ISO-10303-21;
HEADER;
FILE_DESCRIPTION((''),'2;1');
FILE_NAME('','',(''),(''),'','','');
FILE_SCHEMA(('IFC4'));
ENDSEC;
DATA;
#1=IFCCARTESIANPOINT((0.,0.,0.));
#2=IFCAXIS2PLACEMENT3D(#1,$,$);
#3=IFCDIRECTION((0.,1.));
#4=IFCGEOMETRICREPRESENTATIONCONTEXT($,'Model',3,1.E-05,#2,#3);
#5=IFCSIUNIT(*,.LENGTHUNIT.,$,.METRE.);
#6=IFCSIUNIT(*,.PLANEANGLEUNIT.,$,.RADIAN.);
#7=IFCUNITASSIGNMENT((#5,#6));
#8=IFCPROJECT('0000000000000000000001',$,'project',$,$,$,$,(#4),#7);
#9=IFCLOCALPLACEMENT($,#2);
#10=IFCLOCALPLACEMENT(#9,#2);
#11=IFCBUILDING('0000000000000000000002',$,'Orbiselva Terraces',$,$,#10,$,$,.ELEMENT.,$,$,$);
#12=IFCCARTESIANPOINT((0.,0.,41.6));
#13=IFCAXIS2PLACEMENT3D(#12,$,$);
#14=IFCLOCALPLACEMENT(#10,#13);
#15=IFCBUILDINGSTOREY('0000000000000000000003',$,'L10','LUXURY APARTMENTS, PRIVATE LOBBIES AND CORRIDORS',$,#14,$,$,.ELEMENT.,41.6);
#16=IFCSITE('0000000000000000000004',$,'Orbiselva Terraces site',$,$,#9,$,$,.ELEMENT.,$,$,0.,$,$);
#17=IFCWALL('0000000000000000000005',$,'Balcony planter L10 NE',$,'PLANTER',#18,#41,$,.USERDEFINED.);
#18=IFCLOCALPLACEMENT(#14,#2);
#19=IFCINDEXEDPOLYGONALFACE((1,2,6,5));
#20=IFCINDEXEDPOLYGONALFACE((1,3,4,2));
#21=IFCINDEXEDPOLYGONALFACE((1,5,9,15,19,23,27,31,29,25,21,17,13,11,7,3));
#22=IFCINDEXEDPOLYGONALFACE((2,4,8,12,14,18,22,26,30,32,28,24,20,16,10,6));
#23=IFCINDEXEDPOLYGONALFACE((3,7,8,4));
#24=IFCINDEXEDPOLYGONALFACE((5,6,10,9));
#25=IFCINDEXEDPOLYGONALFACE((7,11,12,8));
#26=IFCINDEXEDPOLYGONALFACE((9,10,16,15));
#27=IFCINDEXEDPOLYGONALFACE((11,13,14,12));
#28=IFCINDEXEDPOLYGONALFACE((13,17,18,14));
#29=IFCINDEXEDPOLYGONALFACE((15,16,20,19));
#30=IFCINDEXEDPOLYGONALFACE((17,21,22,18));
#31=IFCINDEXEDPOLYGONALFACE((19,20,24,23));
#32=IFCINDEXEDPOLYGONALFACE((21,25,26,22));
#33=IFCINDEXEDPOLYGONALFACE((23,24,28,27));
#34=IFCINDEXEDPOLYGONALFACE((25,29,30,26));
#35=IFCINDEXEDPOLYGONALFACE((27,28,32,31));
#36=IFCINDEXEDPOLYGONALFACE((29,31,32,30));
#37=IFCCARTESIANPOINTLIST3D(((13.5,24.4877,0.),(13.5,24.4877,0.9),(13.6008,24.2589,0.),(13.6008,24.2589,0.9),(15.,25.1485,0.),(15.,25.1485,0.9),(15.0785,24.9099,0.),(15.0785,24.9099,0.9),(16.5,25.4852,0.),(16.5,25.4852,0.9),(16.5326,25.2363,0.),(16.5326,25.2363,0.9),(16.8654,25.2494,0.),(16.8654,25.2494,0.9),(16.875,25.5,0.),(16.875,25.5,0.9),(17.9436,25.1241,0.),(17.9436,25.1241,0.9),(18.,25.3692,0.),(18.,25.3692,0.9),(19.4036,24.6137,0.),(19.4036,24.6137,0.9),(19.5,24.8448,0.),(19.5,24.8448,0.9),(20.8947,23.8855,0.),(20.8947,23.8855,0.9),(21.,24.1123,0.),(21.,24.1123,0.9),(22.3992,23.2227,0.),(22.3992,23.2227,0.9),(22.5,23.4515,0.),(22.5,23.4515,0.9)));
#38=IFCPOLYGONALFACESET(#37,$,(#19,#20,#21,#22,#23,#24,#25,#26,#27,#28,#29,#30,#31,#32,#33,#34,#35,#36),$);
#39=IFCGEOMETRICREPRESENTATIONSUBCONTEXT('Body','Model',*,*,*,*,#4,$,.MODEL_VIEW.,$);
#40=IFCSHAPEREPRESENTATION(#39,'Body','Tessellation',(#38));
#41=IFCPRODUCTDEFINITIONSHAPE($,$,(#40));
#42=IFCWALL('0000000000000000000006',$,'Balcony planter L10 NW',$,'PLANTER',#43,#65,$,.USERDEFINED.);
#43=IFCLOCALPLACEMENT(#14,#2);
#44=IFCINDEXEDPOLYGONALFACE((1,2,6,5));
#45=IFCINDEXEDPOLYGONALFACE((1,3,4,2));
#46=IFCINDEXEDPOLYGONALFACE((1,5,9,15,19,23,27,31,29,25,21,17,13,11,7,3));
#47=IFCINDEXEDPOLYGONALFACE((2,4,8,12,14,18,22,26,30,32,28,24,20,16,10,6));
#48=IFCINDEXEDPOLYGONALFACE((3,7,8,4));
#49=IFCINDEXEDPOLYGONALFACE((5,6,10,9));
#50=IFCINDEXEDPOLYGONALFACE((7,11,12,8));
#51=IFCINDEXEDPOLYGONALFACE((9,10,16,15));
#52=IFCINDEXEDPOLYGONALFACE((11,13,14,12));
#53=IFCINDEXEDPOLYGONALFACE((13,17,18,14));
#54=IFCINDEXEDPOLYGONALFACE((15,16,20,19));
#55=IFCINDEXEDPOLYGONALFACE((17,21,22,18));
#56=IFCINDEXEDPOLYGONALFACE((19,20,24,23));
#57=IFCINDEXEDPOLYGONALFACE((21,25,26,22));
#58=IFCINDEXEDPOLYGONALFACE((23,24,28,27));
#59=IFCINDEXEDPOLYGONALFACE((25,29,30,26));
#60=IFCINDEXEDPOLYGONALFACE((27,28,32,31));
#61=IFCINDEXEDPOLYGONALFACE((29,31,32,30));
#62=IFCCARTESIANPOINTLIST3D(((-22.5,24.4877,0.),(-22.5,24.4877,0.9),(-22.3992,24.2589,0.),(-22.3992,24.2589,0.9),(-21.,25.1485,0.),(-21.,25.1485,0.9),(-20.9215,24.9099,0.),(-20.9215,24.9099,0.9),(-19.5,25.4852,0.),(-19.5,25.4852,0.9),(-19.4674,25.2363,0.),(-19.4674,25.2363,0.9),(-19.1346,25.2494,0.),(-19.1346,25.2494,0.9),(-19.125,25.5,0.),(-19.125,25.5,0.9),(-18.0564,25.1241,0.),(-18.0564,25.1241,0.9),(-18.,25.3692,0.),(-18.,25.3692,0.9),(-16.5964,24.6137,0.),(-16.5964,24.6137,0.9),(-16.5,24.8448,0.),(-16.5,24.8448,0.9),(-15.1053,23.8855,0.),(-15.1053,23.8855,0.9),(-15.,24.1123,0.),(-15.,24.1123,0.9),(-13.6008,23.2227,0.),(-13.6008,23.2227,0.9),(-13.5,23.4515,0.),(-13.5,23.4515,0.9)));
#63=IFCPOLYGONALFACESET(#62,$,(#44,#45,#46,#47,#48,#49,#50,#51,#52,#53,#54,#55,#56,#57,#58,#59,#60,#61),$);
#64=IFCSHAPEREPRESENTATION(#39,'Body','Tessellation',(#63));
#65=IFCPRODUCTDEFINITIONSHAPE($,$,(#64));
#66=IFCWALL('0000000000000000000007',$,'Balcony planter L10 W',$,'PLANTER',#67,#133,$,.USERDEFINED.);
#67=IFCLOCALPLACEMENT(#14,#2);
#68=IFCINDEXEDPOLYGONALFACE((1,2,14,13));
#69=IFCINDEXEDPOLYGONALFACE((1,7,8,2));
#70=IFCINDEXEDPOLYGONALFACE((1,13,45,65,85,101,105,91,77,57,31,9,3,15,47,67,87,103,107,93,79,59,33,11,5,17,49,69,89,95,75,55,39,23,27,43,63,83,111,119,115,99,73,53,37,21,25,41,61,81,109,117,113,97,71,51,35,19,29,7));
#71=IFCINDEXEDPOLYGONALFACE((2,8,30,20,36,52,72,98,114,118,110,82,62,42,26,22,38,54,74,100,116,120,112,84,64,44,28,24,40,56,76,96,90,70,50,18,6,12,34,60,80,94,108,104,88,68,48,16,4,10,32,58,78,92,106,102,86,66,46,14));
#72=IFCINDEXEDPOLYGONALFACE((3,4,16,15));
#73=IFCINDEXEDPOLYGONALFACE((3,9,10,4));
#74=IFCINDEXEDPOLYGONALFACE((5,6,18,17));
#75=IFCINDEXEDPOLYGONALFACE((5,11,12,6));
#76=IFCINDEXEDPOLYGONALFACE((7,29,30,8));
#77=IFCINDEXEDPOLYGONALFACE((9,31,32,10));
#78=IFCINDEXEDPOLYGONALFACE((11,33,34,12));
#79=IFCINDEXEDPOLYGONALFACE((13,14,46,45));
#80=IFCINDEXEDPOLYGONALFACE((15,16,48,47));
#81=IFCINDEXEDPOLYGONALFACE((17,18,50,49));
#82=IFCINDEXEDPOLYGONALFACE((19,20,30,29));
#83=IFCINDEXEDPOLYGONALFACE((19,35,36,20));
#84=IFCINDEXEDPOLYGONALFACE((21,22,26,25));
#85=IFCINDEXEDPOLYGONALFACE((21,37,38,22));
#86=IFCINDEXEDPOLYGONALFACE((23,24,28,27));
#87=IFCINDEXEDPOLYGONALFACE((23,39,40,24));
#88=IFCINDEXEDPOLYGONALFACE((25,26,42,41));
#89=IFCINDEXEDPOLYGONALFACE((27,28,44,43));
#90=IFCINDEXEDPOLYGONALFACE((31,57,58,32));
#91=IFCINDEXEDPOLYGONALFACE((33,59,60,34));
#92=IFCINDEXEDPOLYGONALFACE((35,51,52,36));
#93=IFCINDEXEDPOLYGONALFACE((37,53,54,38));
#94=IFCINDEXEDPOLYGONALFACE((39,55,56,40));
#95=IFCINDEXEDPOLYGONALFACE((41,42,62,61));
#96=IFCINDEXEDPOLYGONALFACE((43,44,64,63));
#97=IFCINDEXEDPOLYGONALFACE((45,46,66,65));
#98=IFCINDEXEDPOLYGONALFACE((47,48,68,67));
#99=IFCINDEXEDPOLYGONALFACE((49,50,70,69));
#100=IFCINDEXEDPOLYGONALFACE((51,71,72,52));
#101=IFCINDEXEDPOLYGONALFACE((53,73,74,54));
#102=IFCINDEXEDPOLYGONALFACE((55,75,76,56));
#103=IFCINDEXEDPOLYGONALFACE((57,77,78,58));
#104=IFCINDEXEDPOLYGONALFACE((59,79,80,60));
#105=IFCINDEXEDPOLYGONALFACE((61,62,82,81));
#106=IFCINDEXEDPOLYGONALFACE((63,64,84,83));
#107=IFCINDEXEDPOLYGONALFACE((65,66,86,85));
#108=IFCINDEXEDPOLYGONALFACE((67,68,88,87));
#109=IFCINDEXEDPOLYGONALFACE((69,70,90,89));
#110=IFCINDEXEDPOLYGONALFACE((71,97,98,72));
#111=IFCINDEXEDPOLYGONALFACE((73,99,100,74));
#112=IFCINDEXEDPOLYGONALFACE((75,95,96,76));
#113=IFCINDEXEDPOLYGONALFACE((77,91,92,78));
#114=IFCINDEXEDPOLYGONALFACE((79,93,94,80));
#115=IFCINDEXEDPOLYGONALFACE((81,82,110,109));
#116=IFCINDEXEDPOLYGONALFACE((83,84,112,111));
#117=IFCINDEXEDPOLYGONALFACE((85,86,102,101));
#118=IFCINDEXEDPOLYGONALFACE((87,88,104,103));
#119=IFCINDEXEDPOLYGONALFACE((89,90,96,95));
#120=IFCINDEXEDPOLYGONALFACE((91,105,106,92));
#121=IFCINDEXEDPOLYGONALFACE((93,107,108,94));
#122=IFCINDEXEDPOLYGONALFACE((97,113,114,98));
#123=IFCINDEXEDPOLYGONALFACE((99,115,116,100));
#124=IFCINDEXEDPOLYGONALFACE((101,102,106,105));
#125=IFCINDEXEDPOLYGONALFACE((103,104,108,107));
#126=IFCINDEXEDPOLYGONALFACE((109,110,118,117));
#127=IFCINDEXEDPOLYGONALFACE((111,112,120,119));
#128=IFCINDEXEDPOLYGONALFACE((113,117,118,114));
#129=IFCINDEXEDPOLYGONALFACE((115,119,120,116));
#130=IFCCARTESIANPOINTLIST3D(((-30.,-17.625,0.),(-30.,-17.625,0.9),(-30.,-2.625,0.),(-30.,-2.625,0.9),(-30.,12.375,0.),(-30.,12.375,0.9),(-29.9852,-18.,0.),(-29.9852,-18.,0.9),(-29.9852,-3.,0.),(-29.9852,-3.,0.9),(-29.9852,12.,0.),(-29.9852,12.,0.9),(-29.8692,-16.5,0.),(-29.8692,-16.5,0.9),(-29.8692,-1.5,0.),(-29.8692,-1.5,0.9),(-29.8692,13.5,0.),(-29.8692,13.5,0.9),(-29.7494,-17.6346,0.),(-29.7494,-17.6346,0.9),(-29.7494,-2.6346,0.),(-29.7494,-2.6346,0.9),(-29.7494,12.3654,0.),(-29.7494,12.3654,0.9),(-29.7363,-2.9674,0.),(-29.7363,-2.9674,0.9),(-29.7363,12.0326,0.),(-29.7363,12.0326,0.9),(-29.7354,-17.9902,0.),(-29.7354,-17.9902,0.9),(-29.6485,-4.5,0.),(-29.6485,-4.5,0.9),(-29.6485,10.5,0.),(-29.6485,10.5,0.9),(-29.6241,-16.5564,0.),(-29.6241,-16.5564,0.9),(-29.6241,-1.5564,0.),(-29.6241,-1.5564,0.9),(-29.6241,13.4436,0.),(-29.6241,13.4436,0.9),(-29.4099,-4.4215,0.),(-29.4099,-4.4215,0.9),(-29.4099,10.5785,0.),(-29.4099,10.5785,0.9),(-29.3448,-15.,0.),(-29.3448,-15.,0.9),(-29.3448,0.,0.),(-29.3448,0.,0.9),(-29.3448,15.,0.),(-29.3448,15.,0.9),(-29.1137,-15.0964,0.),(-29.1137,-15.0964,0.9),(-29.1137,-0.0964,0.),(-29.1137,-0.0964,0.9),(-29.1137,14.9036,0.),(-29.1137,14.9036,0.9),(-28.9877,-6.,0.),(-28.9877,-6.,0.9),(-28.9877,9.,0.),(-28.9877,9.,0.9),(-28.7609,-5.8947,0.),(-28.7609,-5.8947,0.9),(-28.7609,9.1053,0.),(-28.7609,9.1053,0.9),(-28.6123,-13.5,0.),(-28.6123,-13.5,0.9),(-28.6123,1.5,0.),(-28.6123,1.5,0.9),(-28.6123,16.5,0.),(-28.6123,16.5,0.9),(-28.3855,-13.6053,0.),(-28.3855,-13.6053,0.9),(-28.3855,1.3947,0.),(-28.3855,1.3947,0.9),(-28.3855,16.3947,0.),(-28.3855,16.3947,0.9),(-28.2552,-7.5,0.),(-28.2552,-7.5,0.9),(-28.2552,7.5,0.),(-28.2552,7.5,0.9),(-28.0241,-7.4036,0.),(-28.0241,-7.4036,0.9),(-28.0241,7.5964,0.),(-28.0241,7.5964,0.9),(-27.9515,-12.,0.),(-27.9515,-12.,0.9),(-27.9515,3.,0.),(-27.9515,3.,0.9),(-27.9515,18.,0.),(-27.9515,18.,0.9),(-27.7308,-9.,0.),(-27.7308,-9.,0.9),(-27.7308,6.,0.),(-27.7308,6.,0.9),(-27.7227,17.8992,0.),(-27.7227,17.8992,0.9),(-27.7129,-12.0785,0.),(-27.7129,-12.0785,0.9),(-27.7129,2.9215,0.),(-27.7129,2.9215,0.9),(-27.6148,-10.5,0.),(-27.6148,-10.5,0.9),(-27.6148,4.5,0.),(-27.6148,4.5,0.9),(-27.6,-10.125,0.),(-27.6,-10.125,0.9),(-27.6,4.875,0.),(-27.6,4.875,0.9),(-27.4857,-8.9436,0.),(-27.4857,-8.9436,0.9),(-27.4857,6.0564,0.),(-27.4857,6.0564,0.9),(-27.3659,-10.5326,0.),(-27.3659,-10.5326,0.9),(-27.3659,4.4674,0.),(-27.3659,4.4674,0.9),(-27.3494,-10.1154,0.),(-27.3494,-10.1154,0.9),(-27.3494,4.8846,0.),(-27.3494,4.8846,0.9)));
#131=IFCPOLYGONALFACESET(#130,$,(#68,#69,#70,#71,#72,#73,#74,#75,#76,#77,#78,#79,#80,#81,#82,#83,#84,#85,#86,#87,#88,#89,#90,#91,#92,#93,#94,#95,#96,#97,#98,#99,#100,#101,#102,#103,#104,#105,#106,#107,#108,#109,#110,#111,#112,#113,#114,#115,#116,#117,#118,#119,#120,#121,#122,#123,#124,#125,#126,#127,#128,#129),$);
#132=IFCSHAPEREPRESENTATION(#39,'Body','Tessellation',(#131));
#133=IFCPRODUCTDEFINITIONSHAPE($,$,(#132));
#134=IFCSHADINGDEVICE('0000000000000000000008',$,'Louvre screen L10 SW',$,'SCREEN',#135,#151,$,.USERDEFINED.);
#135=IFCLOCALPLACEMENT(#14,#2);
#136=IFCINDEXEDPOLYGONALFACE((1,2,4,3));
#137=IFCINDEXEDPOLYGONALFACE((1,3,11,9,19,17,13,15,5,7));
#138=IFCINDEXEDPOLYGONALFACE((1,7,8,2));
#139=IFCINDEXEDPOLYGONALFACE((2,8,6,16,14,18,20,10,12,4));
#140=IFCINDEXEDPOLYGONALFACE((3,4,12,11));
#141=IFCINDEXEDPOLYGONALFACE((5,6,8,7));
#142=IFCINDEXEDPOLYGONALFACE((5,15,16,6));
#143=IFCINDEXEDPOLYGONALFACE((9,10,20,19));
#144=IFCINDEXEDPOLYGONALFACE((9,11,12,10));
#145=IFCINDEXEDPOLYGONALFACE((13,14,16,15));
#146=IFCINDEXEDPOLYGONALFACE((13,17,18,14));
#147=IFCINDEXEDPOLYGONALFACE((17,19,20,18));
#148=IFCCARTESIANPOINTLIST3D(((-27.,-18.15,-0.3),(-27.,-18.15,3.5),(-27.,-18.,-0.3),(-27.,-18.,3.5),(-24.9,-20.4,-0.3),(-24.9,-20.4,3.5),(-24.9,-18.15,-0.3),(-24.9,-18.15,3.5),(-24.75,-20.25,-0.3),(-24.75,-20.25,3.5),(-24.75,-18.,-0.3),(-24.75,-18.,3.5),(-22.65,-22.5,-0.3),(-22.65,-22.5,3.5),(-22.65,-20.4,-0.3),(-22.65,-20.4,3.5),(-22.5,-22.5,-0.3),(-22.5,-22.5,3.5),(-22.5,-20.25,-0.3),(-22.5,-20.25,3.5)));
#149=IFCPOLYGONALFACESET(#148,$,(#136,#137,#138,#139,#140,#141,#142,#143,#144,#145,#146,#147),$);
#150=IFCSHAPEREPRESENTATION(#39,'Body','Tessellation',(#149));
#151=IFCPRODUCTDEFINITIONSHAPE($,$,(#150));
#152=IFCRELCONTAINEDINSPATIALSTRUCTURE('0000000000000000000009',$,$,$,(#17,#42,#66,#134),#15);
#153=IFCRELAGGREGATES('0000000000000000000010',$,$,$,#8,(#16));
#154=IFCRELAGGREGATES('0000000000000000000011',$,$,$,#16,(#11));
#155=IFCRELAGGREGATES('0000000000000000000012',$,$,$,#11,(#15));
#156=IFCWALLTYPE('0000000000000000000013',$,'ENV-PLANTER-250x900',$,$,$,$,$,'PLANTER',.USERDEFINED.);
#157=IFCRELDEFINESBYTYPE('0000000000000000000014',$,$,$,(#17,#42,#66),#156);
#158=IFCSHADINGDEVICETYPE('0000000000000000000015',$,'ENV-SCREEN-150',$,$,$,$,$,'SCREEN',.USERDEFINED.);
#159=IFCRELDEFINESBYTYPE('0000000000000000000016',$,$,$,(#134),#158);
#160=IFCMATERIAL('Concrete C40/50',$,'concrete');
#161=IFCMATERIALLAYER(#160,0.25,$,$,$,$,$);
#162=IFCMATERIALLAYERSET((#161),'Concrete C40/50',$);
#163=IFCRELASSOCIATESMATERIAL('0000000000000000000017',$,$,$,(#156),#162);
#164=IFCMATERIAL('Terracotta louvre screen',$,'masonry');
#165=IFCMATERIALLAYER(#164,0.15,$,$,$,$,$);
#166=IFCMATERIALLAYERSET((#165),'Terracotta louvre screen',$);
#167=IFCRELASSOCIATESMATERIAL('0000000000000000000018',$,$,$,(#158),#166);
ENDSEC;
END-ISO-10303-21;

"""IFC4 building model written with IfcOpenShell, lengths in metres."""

from ifc_helpers import new_model, si_unit, direction, frame, origin, place, context, subcontext, project, spatial, polyline, outline, extrude, material, layer, layer_set, type_object, element, save


model = new_model("IFC4")

# Units and contexts
model_context = context("Model", 3, precision=1e-05, world=origin(), true_north=direction((0.0, 1.0)))
body_context = subcontext(model_context, "Body", "Model", "MODEL_VIEW")
ifc_project = project(units=[si_unit("LENGTHUNIT", "METRE"), si_unit("PLANEANGLEUNIT", "RADIAN")], contexts=[model_context])

# Site, building, storey
site_placement = place(None, origin())
site = spatial("IfcSite", under=ifc_project, at=site_placement, Name="Orbiselva Terraces site", CompositionType="ELEMENT", RefElevation=0.0)
building_placement = place(site_placement, origin())
building = spatial("IfcBuilding", under=site, at=building_placement, Name="Orbiselva Terraces", CompositionType="ELEMENT")
storey_placement = place(building_placement, frame((0.0, 0.0, 41.6)))
storey = spatial("IfcBuildingStorey", under=building, at=storey_placement, Name="L10", Description="LUXURY APARTMENTS, PRIVATE LOBBIES AND CORRIDORS", CompositionType="ELEMENT", Elevation=41.6)

# Shared definitions
ifc_material_1 = material(Name="Concrete C40/50", Category="concrete")

# Walls
ifc_layer_1 = layer(ifc_material_1, 0.25)
ifc_layer_set_1 = layer_set([ifc_layer_1], Name="Concrete C40/50")
wall_type = type_object("IfcWallType", Name="ENV-PLANTER-250x900", ElementType="PLANTER", PredefinedType="USERDEFINED", material=ifc_layer_set_1)
wall_1_placement = place(storey_placement, origin())
element("IfcWall", 1, at=wall_1_placement, inside=storey, type_object=wall_type, Name="Balcony planter L10 NE", ObjectType="PLANTER", PredefinedType="USERDEFINED", context=body_context, shape_type="SweptSolid", body=[
    extrude(outline(polyline([(22.5, 23.4515), (21.0, 24.1123), (19.5, 24.8448), (18.0, 25.3692), (16.875, 25.5), (16.5, 25.4852), (15.0, 25.1485), (13.5, 24.4877), (13.6008, 24.2589), (15.0785, 24.9099), (16.5326, 25.2363), (16.8654, 25.2494), (17.9436, 25.1241), (19.4036, 24.6137), (20.8947, 23.8855), (22.3992, 23.2227), (22.5, 23.4515)])), origin(), (0.0, 0.0, 1.0), 0.9),
])
wall_2_placement = place(storey_placement, origin())
element("IfcWall", 2, at=wall_2_placement, inside=storey, type_object=wall_type, Name="Balcony planter L10 NW", ObjectType="PLANTER", PredefinedType="USERDEFINED", context=body_context, shape_type="SweptSolid", body=[
    extrude(outline(polyline([(-13.5, 23.4515), (-15.0, 24.1123), (-16.5, 24.8448), (-18.0, 25.3692), (-19.125, 25.5), (-19.5, 25.4852), (-21.0, 25.1485), (-22.5, 24.4877), (-22.3992, 24.2589), (-20.9215, 24.9099), (-19.4674, 25.2363), (-19.1346, 25.2494), (-18.0564, 25.1241), (-16.5964, 24.6137), (-15.1053, 23.8855), (-13.6008, 23.2227), (-13.5, 23.4515)])), origin(), (0.0, 0.0, 1.0), 0.9),
])
wall_3_placement = place(storey_placement, origin())
element("IfcWall", 3, at=wall_3_placement, inside=storey, type_object=wall_type, Name="Balcony planter L10 W", ObjectType="PLANTER", PredefinedType="USERDEFINED", context=body_context, shape_type="SweptSolid", body=[
    extrude(outline(polyline([(-27.9515, 18.0), (-28.6123, 16.5), (-29.3448, 15.0), (-29.8692, 13.5), (-30.0, 12.375), (-29.9852, 12.0), (-29.6485, 10.5), (-28.9877, 9.0), (-28.2552, 7.5), (-27.7308, 6.0), (-27.6, 4.875), (-27.6148, 4.5), (-27.9515, 3.0), (-28.6123, 1.5), (-29.3448, 0.0), (-29.8692, -1.5), (-30.0, -2.625), (-29.9852, -3.0), (-29.6485, -4.5), (-28.9877, -6.0), (-28.2552, -7.5), (-27.7308, -9.0), (-27.6, -10.125), (-27.6148, -10.5), (-27.9515, -12.0), (-28.6123, -13.5), (-29.3448, -15.0), (-29.8692, -16.5), (-30.0, -17.625), (-29.9852, -18.0), (-29.7354, -17.9902), (-29.7494, -17.6346), (-29.6241, -16.5564), (-29.1137, -15.0964), (-28.3855, -13.6053), (-27.7129, -12.0785), (-27.3659, -10.5326), (-27.3494, -10.1154), (-27.4857, -8.9436), (-28.0241, -7.4036), (-28.7609, -5.8947), (-29.4099, -4.4215), (-29.7363, -2.9674), (-29.7494, -2.6346), (-29.6241, -1.5564), (-29.1137, -0.0964), (-28.3855, 1.3947), (-27.7129, 2.9215), (-27.3659, 4.4674), (-27.3494, 4.8846), (-27.4857, 6.0564), (-28.0241, 7.5964), (-28.7609, 9.1053), (-29.4099, 10.5785), (-29.7363, 12.0326), (-29.7494, 12.3654), (-29.6241, 13.4436), (-29.1137, 14.9036), (-28.3855, 16.3947), (-27.7227, 17.8992), (-27.9515, 18.0)])), origin(), (0.0, 0.0, 1.0), 0.9),
])

# Shading device
ifc_material_2 = material(Name="Terracotta louvre screen", Category="masonry")
ifc_layer_2 = layer(ifc_material_2, 0.15)
ifc_layer_set_2 = layer_set([ifc_layer_2], Name="Terracotta louvre screen")
shading_device_type = type_object("IfcShadingDeviceType", Name="ENV-SCREEN-150", ElementType="SCREEN", PredefinedType="USERDEFINED", material=ifc_layer_set_2)
shading_device_placement = place(storey_placement, frame((0.0, 0.0, -0.3)))
element("IfcShadingDevice", 4, at=shading_device_placement, inside=storey, type_object=shading_device_type, Name="Louvre screen L10 SW", ObjectType="SCREEN", PredefinedType="USERDEFINED", context=body_context, shape_type="SweptSolid", body=[
    extrude(outline(polyline([(-27.0, -18.15), (-24.9, -18.15), (-24.9, -20.4), (-22.65, -20.4), (-22.65, -22.5), (-22.5, -22.5), (-22.5, -20.25), (-24.75, -20.25), (-24.75, -18.0), (-27.0, -18.0), (-27.0, -18.15)])), origin(), (0.0, 0.0, 1.0), 3.8),
])

save(model, "model.ifc")
